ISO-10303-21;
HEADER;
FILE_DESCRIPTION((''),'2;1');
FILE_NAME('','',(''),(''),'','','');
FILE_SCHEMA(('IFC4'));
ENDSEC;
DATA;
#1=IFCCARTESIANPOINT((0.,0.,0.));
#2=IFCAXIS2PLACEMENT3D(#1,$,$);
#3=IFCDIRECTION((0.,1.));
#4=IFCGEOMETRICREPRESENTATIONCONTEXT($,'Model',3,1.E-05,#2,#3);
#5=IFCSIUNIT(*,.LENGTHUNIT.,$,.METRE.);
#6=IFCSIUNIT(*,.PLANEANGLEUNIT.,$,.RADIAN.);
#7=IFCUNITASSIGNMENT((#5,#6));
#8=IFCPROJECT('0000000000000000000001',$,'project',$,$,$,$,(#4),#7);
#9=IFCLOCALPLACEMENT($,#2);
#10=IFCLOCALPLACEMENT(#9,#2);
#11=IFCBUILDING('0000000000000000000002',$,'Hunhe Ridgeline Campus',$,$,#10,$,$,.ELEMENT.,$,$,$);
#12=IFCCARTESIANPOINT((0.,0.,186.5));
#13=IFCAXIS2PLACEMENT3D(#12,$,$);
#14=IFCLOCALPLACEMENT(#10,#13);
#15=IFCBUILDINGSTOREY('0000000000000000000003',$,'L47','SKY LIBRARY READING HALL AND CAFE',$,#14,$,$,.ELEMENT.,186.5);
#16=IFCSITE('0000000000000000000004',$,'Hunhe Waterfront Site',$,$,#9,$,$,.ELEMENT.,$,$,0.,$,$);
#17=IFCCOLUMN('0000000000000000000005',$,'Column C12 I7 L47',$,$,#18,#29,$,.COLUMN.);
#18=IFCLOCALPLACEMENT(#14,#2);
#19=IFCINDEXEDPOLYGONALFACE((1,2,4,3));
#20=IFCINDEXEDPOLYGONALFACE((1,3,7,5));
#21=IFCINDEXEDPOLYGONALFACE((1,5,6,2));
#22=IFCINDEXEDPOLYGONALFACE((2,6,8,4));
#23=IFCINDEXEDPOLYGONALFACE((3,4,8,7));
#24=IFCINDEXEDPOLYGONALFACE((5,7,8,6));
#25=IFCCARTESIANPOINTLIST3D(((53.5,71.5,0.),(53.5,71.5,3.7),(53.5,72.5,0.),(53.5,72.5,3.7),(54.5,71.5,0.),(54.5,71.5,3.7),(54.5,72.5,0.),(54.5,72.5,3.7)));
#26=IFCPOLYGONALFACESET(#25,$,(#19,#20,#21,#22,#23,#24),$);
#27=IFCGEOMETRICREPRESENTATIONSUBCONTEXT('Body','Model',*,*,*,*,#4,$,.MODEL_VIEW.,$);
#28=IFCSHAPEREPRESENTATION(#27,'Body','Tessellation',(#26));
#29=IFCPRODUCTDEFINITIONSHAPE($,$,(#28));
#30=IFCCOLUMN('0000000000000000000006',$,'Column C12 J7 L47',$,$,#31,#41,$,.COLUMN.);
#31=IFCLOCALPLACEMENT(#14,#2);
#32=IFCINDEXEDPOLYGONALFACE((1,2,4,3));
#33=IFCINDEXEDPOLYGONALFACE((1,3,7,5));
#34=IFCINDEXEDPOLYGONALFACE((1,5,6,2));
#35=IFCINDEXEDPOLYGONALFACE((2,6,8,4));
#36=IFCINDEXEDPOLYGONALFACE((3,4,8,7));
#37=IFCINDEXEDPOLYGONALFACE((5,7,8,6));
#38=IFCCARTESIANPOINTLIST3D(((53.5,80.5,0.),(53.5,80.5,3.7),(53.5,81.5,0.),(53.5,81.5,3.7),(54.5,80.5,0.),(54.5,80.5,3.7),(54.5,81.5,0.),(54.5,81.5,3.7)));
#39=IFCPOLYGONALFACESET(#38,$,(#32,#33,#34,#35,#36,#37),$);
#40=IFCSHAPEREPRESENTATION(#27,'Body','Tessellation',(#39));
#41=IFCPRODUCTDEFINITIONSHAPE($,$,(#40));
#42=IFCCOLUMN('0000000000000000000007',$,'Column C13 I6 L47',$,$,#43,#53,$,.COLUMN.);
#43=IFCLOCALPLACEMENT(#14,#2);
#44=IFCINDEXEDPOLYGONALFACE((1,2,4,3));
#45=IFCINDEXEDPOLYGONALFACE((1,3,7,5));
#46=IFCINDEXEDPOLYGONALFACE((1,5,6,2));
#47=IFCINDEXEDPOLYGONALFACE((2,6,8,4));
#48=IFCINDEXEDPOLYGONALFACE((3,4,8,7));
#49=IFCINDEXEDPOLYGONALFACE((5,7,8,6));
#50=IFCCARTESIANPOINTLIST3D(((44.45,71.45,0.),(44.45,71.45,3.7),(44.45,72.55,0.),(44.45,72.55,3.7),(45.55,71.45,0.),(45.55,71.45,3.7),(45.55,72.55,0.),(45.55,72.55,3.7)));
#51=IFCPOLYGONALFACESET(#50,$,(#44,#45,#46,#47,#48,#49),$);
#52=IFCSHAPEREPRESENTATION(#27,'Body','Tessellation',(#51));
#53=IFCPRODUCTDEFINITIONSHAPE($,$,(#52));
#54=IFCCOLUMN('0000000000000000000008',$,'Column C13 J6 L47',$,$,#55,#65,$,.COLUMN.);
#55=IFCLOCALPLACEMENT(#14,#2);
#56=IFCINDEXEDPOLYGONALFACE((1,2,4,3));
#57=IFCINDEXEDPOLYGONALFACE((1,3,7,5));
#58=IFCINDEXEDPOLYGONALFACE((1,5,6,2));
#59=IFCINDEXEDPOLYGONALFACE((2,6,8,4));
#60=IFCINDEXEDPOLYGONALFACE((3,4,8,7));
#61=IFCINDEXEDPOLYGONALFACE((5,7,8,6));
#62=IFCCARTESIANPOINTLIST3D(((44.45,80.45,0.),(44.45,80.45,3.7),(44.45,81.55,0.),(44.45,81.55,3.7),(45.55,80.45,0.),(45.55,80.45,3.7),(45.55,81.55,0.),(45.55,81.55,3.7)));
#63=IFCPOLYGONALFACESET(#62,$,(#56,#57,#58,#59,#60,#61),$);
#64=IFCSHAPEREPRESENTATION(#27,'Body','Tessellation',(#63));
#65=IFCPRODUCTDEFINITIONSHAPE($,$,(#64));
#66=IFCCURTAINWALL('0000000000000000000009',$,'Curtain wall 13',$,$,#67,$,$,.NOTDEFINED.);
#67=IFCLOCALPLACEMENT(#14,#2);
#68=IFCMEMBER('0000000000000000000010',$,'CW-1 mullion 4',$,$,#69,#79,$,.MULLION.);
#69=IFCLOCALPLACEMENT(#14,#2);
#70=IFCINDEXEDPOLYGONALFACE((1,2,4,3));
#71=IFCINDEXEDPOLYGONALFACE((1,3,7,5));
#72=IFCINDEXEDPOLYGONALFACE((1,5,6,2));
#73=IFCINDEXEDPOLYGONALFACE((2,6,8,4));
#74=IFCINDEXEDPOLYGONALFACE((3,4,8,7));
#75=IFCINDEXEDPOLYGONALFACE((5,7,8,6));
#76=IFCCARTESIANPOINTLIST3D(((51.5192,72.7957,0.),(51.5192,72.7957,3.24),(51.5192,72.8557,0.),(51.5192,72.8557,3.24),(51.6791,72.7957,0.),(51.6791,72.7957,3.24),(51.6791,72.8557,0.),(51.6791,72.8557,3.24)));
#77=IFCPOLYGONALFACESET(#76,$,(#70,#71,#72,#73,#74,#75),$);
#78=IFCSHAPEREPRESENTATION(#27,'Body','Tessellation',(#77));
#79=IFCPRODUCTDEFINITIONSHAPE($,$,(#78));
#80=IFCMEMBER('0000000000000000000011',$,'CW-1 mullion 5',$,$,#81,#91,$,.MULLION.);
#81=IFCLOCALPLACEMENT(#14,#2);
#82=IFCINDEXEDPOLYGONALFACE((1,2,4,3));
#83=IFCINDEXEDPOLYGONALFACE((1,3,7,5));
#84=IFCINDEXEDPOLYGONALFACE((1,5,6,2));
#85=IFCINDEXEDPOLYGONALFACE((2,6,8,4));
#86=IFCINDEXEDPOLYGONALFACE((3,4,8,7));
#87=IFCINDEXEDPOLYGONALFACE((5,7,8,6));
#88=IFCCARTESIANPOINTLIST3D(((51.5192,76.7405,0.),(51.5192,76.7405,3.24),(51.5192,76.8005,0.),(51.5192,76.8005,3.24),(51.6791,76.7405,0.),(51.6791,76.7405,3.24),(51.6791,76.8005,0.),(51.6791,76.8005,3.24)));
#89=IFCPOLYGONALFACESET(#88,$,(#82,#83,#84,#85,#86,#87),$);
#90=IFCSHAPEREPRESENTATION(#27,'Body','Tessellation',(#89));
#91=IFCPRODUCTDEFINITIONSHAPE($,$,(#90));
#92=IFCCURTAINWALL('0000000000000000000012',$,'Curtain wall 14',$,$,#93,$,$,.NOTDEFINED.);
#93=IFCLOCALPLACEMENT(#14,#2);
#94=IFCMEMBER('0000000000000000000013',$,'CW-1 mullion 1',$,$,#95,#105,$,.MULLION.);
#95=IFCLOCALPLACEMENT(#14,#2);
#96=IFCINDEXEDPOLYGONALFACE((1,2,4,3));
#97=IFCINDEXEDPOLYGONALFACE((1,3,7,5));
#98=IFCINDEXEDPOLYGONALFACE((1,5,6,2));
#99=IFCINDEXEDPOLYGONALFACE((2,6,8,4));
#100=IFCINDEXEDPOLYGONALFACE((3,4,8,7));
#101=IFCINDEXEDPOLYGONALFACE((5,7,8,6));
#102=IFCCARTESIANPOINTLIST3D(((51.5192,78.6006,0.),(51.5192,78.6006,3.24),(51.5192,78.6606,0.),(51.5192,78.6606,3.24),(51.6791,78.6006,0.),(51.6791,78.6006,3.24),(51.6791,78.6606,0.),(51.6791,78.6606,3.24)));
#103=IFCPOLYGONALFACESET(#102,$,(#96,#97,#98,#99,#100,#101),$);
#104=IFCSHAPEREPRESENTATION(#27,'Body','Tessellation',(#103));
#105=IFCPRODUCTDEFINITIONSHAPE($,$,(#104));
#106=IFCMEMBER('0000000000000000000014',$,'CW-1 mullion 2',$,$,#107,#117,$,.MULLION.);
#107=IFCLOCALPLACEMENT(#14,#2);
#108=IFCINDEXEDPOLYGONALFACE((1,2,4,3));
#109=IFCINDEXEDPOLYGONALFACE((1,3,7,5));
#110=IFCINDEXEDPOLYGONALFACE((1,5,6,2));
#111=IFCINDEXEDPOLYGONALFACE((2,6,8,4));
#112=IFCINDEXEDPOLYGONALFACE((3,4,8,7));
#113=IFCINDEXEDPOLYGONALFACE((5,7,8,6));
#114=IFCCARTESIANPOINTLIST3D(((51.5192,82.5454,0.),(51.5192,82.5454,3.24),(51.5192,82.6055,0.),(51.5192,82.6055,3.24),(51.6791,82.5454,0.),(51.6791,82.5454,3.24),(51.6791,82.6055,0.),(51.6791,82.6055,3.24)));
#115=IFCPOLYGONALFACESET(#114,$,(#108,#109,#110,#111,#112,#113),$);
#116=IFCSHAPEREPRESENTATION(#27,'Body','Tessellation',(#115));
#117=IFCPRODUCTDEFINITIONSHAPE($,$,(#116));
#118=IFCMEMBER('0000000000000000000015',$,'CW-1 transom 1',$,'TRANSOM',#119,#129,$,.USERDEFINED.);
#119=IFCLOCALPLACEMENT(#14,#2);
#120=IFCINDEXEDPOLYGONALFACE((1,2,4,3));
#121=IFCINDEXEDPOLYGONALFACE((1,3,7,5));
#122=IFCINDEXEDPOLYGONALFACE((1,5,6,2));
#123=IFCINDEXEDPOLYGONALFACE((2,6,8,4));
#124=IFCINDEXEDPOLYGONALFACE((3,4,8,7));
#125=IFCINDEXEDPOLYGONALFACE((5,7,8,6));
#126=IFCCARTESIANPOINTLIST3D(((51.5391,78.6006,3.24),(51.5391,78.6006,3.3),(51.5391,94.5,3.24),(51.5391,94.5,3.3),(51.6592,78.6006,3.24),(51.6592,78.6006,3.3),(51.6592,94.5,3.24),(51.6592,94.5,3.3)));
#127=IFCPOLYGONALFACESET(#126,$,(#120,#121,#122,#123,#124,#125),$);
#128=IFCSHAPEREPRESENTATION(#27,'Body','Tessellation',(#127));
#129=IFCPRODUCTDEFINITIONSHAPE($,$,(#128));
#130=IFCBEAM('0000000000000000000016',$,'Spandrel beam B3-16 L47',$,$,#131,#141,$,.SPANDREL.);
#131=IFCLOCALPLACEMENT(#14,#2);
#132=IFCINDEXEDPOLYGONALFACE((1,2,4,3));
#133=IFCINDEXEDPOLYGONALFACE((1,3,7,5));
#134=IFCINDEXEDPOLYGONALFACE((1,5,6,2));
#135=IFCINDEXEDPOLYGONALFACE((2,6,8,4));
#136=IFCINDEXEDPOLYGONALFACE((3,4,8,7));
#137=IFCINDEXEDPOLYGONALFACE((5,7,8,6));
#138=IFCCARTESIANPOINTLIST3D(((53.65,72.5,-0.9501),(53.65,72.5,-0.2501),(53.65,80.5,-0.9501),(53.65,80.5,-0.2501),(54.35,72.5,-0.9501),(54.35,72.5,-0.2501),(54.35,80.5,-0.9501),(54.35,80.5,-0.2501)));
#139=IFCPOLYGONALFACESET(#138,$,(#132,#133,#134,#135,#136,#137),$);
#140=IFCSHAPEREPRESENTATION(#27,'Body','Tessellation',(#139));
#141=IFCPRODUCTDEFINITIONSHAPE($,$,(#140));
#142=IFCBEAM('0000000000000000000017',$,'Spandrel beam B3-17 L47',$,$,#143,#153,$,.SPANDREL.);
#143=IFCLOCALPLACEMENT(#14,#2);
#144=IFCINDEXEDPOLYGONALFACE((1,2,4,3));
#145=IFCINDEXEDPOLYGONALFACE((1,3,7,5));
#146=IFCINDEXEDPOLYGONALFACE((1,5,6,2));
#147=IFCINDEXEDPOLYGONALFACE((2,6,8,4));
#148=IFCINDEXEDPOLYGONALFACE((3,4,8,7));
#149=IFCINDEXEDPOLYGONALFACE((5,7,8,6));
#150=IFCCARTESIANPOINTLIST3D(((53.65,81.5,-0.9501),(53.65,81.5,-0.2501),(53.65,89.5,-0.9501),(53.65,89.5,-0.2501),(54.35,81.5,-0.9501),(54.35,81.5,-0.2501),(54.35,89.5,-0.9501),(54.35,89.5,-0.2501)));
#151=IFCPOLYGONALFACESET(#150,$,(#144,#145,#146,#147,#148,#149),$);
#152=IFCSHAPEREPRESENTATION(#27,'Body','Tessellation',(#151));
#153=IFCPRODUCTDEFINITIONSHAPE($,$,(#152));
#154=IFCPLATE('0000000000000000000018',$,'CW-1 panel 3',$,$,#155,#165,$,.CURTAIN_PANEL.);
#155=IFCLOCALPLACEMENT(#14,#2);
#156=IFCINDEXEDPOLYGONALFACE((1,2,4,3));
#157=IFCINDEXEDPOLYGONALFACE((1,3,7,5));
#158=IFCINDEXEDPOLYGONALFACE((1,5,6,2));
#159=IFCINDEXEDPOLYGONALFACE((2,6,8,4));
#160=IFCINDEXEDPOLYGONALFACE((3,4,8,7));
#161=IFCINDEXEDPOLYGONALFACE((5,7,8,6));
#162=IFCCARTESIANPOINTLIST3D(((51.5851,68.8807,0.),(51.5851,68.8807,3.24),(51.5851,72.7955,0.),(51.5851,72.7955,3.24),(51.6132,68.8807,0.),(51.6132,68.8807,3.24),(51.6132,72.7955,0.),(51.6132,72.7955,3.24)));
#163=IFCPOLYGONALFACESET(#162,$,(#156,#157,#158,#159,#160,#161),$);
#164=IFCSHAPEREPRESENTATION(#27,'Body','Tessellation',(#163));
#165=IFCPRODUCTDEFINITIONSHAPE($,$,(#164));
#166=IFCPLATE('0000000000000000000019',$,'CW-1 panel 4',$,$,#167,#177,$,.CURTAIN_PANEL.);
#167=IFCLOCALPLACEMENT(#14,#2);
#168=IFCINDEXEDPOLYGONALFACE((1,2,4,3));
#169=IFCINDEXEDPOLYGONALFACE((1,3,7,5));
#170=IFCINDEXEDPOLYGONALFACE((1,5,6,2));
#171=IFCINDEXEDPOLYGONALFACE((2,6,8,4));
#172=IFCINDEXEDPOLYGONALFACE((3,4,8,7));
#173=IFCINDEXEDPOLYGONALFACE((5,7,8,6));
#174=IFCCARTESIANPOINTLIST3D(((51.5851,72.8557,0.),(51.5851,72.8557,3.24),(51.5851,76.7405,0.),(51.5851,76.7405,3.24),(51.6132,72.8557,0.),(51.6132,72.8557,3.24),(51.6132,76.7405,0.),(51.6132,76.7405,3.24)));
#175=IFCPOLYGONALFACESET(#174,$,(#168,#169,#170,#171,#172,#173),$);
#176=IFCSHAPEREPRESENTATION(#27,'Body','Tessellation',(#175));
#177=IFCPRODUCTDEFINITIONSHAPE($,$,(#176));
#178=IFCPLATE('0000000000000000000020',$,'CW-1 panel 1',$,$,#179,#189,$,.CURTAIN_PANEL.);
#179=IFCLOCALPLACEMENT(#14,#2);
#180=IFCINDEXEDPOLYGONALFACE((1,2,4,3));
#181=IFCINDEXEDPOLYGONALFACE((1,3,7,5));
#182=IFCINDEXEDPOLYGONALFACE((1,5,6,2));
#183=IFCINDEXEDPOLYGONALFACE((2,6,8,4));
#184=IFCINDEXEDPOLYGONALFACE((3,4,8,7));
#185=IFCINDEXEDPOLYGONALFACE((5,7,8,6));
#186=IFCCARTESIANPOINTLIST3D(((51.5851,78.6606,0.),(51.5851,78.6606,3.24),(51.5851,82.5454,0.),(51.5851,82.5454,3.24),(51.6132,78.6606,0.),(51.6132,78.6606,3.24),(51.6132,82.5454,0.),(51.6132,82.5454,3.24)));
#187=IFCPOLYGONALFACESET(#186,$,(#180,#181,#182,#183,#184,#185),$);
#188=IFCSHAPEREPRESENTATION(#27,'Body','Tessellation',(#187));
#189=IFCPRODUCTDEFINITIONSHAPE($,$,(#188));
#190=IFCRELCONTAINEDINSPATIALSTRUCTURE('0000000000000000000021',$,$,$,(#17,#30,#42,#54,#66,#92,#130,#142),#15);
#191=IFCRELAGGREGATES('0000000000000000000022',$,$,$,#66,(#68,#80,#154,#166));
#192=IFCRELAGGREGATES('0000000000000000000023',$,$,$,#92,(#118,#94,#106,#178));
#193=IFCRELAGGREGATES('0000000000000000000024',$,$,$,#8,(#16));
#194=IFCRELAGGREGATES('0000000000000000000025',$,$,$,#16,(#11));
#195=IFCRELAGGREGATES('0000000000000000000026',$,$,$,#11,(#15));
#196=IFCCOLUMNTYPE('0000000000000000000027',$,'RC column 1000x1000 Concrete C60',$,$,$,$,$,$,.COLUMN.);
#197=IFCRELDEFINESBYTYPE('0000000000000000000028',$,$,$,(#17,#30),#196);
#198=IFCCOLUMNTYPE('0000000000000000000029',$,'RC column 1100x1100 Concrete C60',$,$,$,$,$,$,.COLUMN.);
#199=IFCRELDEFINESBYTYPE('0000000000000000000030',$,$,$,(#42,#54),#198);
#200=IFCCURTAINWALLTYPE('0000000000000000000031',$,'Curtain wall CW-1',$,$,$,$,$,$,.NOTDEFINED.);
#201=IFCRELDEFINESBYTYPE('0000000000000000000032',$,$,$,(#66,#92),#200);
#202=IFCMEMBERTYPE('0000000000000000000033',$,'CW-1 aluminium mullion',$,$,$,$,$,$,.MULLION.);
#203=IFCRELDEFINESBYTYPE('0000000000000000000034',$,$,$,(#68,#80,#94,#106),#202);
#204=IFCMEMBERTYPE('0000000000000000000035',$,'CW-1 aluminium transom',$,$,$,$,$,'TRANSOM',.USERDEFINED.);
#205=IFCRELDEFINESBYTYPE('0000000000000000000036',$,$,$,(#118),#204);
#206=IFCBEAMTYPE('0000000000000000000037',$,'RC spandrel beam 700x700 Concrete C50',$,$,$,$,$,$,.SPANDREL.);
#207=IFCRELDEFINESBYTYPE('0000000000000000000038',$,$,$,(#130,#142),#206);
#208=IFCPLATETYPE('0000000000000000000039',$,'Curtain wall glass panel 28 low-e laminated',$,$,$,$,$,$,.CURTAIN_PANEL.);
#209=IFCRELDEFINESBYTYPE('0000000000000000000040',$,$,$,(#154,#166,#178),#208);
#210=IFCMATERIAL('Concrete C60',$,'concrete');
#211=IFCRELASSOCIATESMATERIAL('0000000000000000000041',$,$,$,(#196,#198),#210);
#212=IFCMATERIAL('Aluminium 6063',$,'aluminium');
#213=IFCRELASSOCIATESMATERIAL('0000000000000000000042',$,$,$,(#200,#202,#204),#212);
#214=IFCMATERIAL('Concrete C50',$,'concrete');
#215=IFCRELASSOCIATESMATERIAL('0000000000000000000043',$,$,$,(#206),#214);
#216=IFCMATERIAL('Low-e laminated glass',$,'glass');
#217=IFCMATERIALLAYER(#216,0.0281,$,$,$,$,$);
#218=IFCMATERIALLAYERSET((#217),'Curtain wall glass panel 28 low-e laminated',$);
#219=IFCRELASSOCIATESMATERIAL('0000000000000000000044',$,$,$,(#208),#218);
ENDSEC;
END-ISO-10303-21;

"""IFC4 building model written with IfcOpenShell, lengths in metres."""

from ifc_helpers import new_model, si_unit, direction, frame, origin, origin_2d, place, context, subcontext, project, spatial, rectangle, extrude, material, layer, layer_set, material_profile, profile_set, type_object, element, aggregate, save


model = new_model("IFC4")

# Units and contexts
model_context = context("Model", 3, precision=1e-05, world=origin(), true_north=direction((0.0, 1.0)))
body_context = subcontext(model_context, "Body", "Model", "MODEL_VIEW")
ifc_project = project(units=[si_unit("LENGTHUNIT", "METRE"), si_unit("PLANEANGLEUNIT", "RADIAN")], contexts=[model_context])

# Site, building, storey
site_placement = place(None, origin())
site = spatial("IfcSite", under=ifc_project, at=site_placement, Name="Hunhe Waterfront Site", CompositionType="ELEMENT", RefElevation=0.0)
building_placement = place(site_placement, origin())
building = spatial("IfcBuilding", under=site, at=building_placement, Name="Hunhe Ridgeline Campus", CompositionType="ELEMENT")
storey_placement = place(building_placement, frame((0.0, 0.0, 186.5)))
storey = spatial("IfcBuildingStorey", under=building, at=storey_placement, Name="L47", Description="SKY LIBRARY READING HALL AND CAFE", CompositionType="ELEMENT", Elevation=186.5)

# Columns
ifc_material_1 = material(Name="Concrete C60", Category="concrete")
ifc_material_profile_1 = material_profile(ifc_material_1, rectangle(XDim=1.0, YDim=1.0, at=origin_2d()))
ifc_profile_set_1 = profile_set([ifc_material_profile_1], Name="Concrete C60")
column_type_1 = type_object("IfcColumnType", Name="RC column 1000x1000 Concrete C60", PredefinedType="COLUMN", material=ifc_profile_set_1)
for number, where, z_axis, x_axis, name in (
    (1, (54.0, 72.0, 0.0), (0.0, 0.0, 1.0), (1.0, 0.0, 0.0), "Column C12 I7 L47"),
    (2, (54.0, 81.0, 0.0), (0.0, 0.0, 1.0), (1.0, 0.0, 0.0), "Column C12 J7 L47"),
):
    element("IfcColumn", number, at=place(storey_placement, frame(where, z_axis=z_axis, x_axis=x_axis)), inside=storey, type_object=column_type_1, Name=name, PredefinedType="COLUMN", context=body_context, shape_type="SweptSolid", body=[
        extrude(rectangle(XDim=1.0, YDim=1.0, at=origin_2d()), origin(), (0.0, 0.0, 1.0), 3.7),
    ])
ifc_material_profile_2 = material_profile(ifc_material_1, rectangle(XDim=1.1001, YDim=1.1001, at=origin_2d()))
ifc_profile_set_2 = profile_set([ifc_material_profile_2], Name="Concrete C60")
column_type_2 = type_object("IfcColumnType", Name="RC column 1100x1100 Concrete C60", PredefinedType="COLUMN", material=ifc_profile_set_2)
for number, where, z_axis, x_axis, name in (
    (3, (45.0, 72.0, 0.0), (0.0, 0.0, 1.0), (1.0, 0.0, 0.0), "Column C13 I6 L47"),
    (4, (45.0, 81.0, 0.0), (0.0, 0.0, 1.0), (1.0, 0.0, 0.0), "Column C13 J6 L47"),
):
    element("IfcColumn", number, at=place(storey_placement, frame(where, z_axis=z_axis, x_axis=x_axis)), inside=storey, type_object=column_type_2, Name=name, PredefinedType="COLUMN", context=body_context, shape_type="SweptSolid", body=[
        extrude(rectangle(XDim=1.1001, YDim=1.1001, at=origin_2d()), origin(), (0.0, 0.0, 1.0), 3.7),
    ])

# Curtain walls, members
ifc_material_2 = material(Name="Aluminium 6063", Category="aluminium")
curtain_wall_type = type_object("IfcCurtainWallType", Name="Curtain wall CW-1", PredefinedType="NOTDEFINED", material=ifc_material_2)
curtain_wall_1_placement = place(storey_placement, origin())
curtain_wall_1 = element("IfcCurtainWall", 5, at=curtain_wall_1_placement, inside=storey, type_object=curtain_wall_type, Name="Curtain wall 13", PredefinedType="NOTDEFINED")
ifc_material_profile_3 = material_profile(ifc_material_2, rectangle(XDim=0.1599, YDim=0.0601, at=origin_2d()))
ifc_profile_set_3 = profile_set([ifc_material_profile_3], Name="Aluminium 6063")
member_type_1 = type_object("IfcMemberType", Name="CW-1 aluminium mullion", PredefinedType="MULLION", material=ifc_profile_set_3)
member_1_placement = place(storey_placement, frame((51.5991, 72.8257, 0.0), z_axis=(0.0, 0.0, 1.0), x_axis=(-1.0, 0.0, 0.0)))
member_1 = element("IfcMember", 6, at=member_1_placement, type_object=member_type_1, Name="CW-1 mullion 4", PredefinedType="MULLION", context=body_context, shape_type="SweptSolid", body=[
    extrude(rectangle(XDim=0.1599, YDim=0.0601, at=origin_2d()), origin(), (0.0, 0.0, 1.0), 3.24),
])
member_2_placement = place(storey_placement, frame((51.5991, 76.7705, 0.0), z_axis=(0.0, 0.0, 1.0), x_axis=(-1.0, 0.0, 0.0)))
member_2 = element("IfcMember", 7, at=member_2_placement, type_object=member_type_1, Name="CW-1 mullion 5", PredefinedType="MULLION", context=body_context, shape_type="SweptSolid", body=[
    extrude(rectangle(XDim=0.1599, YDim=0.0601, at=origin_2d()), origin(), (0.0, 0.0, 1.0), 3.24),
])
curtain_wall_2_placement = place(storey_placement, origin())
curtain_wall_2 = element("IfcCurtainWall", 8, at=curtain_wall_2_placement, inside=storey, type_object=curtain_wall_type, Name="Curtain wall 14", PredefinedType="NOTDEFINED")
member_3_placement = place(storey_placement, frame((51.5991, 78.6306, 0.0), z_axis=(0.0, 0.0, 1.0), x_axis=(-1.0, 0.0, 0.0)))
member_3 = element("IfcMember", 9, at=member_3_placement, type_object=member_type_1, Name="CW-1 mullion 1", PredefinedType="MULLION", context=body_context, shape_type="SweptSolid", body=[
    extrude(rectangle(XDim=0.1599, YDim=0.0601, at=origin_2d()), origin(), (0.0, 0.0, 1.0), 3.24),
])
member_4_placement = place(storey_placement, frame((51.5991, 82.5754, 0.0), z_axis=(0.0, 0.0, 1.0), x_axis=(-1.0, 0.0, 0.0)))
member_4 = element("IfcMember", 10, at=member_4_placement, type_object=member_type_1, Name="CW-1 mullion 2", PredefinedType="MULLION", context=body_context, shape_type="SweptSolid", body=[
    extrude(rectangle(XDim=0.1599, YDim=0.0601, at=origin_2d()), origin(), (0.0, 0.0, 1.0), 3.24),
])
ifc_material_profile_4 = material_profile(ifc_material_2, rectangle(XDim=0.1201, YDim=0.0601, at=origin_2d()))
ifc_profile_set_4 = profile_set([ifc_material_profile_4], Name="Aluminium 6063")
member_type_2 = type_object("IfcMemberType", Name="CW-1 aluminium transom", ElementType="TRANSOM", PredefinedType="USERDEFINED", material=ifc_profile_set_4)
member_5_placement = place(storey_placement, frame((51.5991, 78.6006, 3.27), z_axis=(0.0, 1.0, 0.0), x_axis=(-1.0, 0.0, 0.0)))
member_5 = element("IfcMember", 11, at=member_5_placement, type_object=member_type_2, Name="CW-1 transom 1", ObjectType="TRANSOM", PredefinedType="USERDEFINED", context=body_context, shape_type="SweptSolid", body=[
    extrude(rectangle(XDim=0.1201, YDim=0.0601, at=origin_2d()), origin(), (0.0, 0.0, 1.0), 15.8994),
])

# Beams
ifc_material_3 = material(Name="Concrete C50", Category="concrete")
ifc_material_profile_5 = material_profile(ifc_material_3, rectangle(XDim=0.7, YDim=0.7, at=origin_2d()))
ifc_profile_set_5 = profile_set([ifc_material_profile_5], Name="Concrete C50")
beam_type = type_object("IfcBeamType", Name="RC spandrel beam 700x700 Concrete C50", PredefinedType="SPANDREL", material=ifc_profile_set_5)
for number, where, z_axis, x_axis, name in (
    (12, (54.0, 72.5, -0.6001), (0.0, 1.0, 0.0), (-1.0, 0.0, 0.0), "Spandrel beam B3-16 L47"),
    (13, (54.0, 81.5, -0.6001), (0.0, 1.0, 0.0), (-1.0, 0.0, 0.0), "Spandrel beam B3-17 L47"),
):
    element("IfcBeam", number, at=place(storey_placement, frame(where, z_axis=z_axis, x_axis=x_axis)), inside=storey, type_object=beam_type, Name=name, PredefinedType="SPANDREL", context=body_context, shape_type="SweptSolid", body=[
        extrude(rectangle(XDim=0.7, YDim=0.7, at=origin_2d()), origin(), (0.0, 0.0, 1.0), 8.0),
    ])

# Plates
ifc_material_4 = material(Name="Low-e laminated glass", Category="glass")
ifc_layer_1 = layer(ifc_material_4, 0.0281)
ifc_layer_set_1 = layer_set([ifc_layer_1], Name="Curtain wall glass panel 28 low-e laminated")
plate_type = type_object("IfcPlateType", Name="Curtain wall glass panel 28 low-e laminated", PredefinedType="CURTAIN_PANEL", material=ifc_layer_set_1)
plate_1_placement = place(storey_placement, frame((51.5991, 70.8381, 0.0), z_axis=(0.0, 0.0, 1.0), x_axis=(0.0, 1.0, 0.0)))
plate_1 = element("IfcPlate", 14, at=plate_1_placement, type_object=plate_type, Name="CW-1 panel 3", PredefinedType="CURTAIN_PANEL", context=body_context, shape_type="SweptSolid", body=[
    extrude(rectangle(XDim=3.9148, YDim=0.0281, at=origin_2d()), origin(), (0.0, 0.0, 1.0), 3.24),
])
plate_2_placement = place(storey_placement, frame((51.5991, 74.7981, 0.0), z_axis=(0.0, 0.0, 1.0), x_axis=(0.0, 1.0, 0.0)))
plate_2 = element("IfcPlate", 15, at=plate_2_placement, type_object=plate_type, Name="CW-1 panel 4", PredefinedType="CURTAIN_PANEL", context=body_context, shape_type="SweptSolid", body=[
    extrude(rectangle(XDim=3.8848, YDim=0.0281, at=origin_2d()), origin(), (0.0, 0.0, 1.0), 3.24),
])
aggregate(curtain_wall_1, [member_1, member_2, plate_1, plate_2])
plate_3_placement = place(storey_placement, frame((51.5991, 80.603, 0.0), z_axis=(0.0, 0.0, 1.0), x_axis=(0.0, 1.0, 0.0)))
plate_3 = element("IfcPlate", 16, at=plate_3_placement, type_object=plate_type, Name="CW-1 panel 1", PredefinedType="CURTAIN_PANEL", context=body_context, shape_type="SweptSolid", body=[
    extrude(rectangle(XDim=3.8848, YDim=0.0281, at=origin_2d()), origin(), (0.0, 0.0, 1.0), 3.24),
])
aggregate(curtain_wall_2, [member_5, member_3, member_4, plate_3])

save(model, "model.ifc")
